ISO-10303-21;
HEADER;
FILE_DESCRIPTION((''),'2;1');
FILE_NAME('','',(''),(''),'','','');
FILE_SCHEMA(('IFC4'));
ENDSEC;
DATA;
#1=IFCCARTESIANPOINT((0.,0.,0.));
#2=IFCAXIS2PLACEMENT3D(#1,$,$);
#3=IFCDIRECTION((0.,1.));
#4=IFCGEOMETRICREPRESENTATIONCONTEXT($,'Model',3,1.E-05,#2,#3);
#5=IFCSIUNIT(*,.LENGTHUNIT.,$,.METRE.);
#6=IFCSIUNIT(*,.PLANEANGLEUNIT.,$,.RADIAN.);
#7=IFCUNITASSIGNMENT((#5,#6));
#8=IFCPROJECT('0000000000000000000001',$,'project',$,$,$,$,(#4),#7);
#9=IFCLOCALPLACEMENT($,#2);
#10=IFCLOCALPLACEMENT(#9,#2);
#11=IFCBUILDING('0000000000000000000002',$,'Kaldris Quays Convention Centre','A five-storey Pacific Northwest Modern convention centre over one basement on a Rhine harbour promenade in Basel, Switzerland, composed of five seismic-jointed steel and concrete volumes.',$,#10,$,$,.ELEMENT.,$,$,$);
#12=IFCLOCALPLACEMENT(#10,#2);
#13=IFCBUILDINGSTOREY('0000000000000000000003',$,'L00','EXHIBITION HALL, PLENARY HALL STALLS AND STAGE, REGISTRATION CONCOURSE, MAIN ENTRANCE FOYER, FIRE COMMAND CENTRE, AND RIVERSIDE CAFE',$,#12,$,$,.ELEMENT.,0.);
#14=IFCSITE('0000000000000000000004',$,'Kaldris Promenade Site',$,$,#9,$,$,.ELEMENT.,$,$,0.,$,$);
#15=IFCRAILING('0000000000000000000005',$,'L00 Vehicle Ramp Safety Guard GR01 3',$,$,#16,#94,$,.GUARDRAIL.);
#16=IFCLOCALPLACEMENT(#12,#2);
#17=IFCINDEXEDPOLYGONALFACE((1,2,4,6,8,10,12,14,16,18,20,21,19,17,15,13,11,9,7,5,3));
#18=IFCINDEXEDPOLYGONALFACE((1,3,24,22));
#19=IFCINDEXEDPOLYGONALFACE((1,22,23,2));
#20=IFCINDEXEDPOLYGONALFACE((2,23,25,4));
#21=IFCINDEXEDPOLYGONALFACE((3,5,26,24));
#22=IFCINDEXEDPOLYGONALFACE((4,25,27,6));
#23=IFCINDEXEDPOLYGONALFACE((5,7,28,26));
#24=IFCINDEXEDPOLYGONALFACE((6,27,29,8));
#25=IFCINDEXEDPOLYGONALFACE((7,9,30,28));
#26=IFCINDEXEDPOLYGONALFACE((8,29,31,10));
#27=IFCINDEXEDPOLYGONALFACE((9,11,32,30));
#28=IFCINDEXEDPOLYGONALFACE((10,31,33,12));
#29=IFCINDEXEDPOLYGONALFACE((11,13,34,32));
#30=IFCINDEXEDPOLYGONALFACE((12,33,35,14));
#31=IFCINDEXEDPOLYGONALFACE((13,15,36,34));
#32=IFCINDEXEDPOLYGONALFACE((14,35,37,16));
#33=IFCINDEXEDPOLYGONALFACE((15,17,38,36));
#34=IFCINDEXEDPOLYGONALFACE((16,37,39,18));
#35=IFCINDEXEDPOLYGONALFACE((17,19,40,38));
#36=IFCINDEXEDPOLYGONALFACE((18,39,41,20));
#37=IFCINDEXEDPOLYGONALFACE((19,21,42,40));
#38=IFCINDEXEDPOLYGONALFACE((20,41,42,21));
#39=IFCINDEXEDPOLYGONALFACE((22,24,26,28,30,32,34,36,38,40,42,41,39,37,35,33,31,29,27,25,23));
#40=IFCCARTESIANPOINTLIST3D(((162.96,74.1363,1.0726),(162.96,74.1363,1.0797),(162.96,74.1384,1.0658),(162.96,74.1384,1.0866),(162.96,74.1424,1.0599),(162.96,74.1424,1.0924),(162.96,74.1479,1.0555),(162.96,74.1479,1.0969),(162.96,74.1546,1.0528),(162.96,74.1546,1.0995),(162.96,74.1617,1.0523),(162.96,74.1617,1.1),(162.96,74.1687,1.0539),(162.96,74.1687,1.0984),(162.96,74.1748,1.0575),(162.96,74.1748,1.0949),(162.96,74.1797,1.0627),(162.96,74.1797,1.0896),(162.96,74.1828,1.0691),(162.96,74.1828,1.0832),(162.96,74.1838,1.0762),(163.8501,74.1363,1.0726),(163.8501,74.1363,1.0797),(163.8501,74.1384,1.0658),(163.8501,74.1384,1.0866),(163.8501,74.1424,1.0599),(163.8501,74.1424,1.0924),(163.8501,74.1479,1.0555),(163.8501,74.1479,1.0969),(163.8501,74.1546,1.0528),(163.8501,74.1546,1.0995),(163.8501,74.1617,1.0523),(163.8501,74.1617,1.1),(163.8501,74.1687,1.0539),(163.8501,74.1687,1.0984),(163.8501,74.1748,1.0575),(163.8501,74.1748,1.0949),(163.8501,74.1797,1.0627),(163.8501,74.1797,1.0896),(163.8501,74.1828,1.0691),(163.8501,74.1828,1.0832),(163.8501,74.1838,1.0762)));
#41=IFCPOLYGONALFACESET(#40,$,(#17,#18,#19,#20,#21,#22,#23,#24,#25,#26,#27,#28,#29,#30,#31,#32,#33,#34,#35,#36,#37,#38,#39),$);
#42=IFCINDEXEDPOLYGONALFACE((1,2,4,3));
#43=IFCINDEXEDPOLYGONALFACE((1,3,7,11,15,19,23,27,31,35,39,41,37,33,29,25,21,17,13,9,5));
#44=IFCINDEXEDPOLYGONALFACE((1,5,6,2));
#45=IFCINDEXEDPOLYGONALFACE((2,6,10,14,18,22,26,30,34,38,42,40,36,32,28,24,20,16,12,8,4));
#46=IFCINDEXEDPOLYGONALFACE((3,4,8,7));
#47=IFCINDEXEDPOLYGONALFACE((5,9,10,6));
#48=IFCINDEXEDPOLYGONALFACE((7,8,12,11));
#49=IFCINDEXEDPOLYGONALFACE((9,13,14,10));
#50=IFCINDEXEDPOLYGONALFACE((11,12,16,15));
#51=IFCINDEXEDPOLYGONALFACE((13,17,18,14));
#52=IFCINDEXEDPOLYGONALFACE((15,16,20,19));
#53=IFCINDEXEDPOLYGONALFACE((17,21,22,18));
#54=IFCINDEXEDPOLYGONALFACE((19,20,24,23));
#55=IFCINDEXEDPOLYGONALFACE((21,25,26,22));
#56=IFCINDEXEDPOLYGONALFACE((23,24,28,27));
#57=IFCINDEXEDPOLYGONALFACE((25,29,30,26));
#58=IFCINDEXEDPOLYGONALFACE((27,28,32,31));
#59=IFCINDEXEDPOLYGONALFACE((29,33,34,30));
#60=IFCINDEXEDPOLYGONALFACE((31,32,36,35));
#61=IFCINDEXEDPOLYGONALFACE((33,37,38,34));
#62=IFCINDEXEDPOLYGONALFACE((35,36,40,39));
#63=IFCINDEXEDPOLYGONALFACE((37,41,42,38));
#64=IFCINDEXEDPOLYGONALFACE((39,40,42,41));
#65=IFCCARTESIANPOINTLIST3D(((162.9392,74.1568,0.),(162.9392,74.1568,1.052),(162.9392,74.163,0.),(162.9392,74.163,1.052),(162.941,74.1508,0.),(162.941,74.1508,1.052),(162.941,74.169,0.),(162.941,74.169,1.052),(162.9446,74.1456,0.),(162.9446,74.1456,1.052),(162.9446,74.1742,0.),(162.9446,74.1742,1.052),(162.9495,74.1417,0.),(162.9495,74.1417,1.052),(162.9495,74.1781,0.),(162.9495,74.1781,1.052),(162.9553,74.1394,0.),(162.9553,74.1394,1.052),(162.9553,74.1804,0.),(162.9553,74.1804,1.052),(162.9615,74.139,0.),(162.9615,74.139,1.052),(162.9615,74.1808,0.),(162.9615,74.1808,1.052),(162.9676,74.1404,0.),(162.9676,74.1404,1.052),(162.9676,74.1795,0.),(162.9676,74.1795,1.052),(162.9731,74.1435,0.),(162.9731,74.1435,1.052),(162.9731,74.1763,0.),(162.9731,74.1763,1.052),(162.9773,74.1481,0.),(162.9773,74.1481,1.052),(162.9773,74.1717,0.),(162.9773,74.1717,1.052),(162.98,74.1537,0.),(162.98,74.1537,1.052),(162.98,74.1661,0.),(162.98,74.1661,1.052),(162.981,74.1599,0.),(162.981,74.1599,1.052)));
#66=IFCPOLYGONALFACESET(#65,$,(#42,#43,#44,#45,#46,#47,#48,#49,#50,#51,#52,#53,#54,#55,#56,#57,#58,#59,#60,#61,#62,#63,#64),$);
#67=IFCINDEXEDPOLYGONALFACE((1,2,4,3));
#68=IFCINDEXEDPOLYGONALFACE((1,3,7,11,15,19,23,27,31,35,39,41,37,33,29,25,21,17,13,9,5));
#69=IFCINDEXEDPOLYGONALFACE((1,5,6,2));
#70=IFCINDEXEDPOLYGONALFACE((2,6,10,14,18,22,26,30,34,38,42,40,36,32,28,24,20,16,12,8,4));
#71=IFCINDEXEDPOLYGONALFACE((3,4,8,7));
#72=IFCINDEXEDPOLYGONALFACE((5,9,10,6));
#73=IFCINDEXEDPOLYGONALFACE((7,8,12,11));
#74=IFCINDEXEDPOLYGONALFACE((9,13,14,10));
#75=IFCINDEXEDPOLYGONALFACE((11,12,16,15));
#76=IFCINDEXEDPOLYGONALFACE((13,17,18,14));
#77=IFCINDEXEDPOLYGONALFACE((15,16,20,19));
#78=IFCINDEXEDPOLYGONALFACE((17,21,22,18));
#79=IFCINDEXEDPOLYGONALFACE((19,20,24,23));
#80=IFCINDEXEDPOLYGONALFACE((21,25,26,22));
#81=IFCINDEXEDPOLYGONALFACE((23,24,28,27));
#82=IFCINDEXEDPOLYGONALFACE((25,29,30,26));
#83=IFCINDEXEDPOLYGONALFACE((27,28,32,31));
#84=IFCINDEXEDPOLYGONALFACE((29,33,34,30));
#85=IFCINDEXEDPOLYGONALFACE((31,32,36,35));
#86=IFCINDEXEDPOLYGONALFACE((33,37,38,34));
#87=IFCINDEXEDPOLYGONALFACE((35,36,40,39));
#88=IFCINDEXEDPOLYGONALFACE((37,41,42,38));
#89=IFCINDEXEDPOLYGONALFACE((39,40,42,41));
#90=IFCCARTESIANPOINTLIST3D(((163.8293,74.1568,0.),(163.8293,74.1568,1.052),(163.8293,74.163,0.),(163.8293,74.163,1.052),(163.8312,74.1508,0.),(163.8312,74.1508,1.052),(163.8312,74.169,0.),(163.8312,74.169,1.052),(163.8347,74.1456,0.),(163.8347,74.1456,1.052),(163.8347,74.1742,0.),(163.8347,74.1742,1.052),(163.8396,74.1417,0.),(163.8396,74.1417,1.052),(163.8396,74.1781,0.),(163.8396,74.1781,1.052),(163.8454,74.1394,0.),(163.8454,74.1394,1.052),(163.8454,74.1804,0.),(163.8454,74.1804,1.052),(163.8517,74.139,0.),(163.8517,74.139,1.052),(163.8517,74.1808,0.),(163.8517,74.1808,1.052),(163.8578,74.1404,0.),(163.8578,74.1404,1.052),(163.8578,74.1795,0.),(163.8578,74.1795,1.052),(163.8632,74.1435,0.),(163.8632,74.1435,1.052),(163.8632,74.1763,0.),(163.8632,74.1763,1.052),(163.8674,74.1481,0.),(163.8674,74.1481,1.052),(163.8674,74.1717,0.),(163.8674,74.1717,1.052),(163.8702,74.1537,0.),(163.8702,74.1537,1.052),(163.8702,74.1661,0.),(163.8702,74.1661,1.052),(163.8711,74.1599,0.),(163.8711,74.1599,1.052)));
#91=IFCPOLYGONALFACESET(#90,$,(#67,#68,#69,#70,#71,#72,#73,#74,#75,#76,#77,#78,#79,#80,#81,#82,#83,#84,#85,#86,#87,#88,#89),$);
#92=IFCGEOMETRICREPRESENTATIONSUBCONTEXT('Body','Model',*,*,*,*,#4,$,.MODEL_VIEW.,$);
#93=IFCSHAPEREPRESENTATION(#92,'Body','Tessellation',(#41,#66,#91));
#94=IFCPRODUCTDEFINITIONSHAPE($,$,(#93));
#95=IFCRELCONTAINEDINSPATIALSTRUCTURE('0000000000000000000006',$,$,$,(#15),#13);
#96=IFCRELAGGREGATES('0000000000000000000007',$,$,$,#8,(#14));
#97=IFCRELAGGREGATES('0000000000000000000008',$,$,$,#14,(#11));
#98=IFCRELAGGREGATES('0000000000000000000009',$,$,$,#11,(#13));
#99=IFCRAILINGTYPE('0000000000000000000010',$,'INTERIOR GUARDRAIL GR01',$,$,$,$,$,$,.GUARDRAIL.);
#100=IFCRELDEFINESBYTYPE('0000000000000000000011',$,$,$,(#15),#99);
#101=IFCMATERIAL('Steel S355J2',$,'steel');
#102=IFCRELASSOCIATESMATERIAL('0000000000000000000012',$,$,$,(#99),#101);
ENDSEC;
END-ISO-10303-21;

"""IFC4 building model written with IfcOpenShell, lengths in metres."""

from ifc_helpers import new_model, si_unit, direction, frame, origin, origin_2d, place, context, subcontext, project, spatial, circle, extrude, material, type_object, element, save


model = new_model("IFC4")

# Units and contexts
model_context = context("Model", 3, precision=1e-05, world=origin(), true_north=direction((0.0, 1.0)))
body_context = subcontext(model_context, "Body", "Model", "MODEL_VIEW")
ifc_project = project(units=[si_unit("LENGTHUNIT", "METRE"), si_unit("PLANEANGLEUNIT", "RADIAN")], contexts=[model_context])

# Site, building, storey
site_placement = place(None, origin())
site = spatial("IfcSite", under=ifc_project, at=site_placement, Name="Kaldris Promenade Site", CompositionType="ELEMENT", RefElevation=0.0)
building_placement = place(site_placement, origin())
building = spatial("IfcBuilding", under=site, at=building_placement, Name="Kaldris Quays Convention Centre", Description="A five-storey Pacific Northwest Modern convention centre over one basement on a Rhine harbour promenade in Basel, Switzerland, composed of five seismic-jointed steel and concrete volumes.", CompositionType="ELEMENT")
storey_placement = place(building_placement, origin())
storey = spatial("IfcBuildingStorey", under=building, at=storey_placement, Name="L00", Description="EXHIBITION HALL, PLENARY HALL STALLS AND STAGE, REGISTRATION CONCOURSE, MAIN ENTRANCE FOYER, FIRE COMMAND CENTRE, AND RIVERSIDE CAFE", CompositionType="ELEMENT", Elevation=0.0)

# Shared definitions
ifc_material_1 = material(Name="Steel S355J2", Category="steel")

# Railing
railing_type = type_object("IfcRailingType", Name="INTERIOR GUARDRAIL GR01", PredefinedType="GUARDRAIL", material=ifc_material_1)
railing_placement = place(storey_placement, frame((162.96, 74.1599, 0.0)))
element("IfcRailing", 1, at=railing_placement, inside=storey, type_object=railing_type, Name="L00 Vehicle Ramp Safety Guard GR01 3", PredefinedType="GUARDRAIL", context=body_context, shape_type="SweptSolid", body=[
    extrude(circle(Radius=0.0239, at=origin_2d()), frame((0.0, 0.0, 1.0762), z_axis=(1.0, 0.0, 0.0), x_axis=(0.0, 1.0, 0.0)), (0.0, 0.0, 1.0), 0.8901),
    extrude(circle(Radius=0.021, at=origin_2d()), origin(), (0.0, 0.0, 1.0), 1.052),
    extrude(circle(Radius=0.021, at=origin_2d()), frame((0.8901, 0.0, 0.0)), (0.0, 0.0, 1.0), 1.052),
])

save(model, "model.ifc")
